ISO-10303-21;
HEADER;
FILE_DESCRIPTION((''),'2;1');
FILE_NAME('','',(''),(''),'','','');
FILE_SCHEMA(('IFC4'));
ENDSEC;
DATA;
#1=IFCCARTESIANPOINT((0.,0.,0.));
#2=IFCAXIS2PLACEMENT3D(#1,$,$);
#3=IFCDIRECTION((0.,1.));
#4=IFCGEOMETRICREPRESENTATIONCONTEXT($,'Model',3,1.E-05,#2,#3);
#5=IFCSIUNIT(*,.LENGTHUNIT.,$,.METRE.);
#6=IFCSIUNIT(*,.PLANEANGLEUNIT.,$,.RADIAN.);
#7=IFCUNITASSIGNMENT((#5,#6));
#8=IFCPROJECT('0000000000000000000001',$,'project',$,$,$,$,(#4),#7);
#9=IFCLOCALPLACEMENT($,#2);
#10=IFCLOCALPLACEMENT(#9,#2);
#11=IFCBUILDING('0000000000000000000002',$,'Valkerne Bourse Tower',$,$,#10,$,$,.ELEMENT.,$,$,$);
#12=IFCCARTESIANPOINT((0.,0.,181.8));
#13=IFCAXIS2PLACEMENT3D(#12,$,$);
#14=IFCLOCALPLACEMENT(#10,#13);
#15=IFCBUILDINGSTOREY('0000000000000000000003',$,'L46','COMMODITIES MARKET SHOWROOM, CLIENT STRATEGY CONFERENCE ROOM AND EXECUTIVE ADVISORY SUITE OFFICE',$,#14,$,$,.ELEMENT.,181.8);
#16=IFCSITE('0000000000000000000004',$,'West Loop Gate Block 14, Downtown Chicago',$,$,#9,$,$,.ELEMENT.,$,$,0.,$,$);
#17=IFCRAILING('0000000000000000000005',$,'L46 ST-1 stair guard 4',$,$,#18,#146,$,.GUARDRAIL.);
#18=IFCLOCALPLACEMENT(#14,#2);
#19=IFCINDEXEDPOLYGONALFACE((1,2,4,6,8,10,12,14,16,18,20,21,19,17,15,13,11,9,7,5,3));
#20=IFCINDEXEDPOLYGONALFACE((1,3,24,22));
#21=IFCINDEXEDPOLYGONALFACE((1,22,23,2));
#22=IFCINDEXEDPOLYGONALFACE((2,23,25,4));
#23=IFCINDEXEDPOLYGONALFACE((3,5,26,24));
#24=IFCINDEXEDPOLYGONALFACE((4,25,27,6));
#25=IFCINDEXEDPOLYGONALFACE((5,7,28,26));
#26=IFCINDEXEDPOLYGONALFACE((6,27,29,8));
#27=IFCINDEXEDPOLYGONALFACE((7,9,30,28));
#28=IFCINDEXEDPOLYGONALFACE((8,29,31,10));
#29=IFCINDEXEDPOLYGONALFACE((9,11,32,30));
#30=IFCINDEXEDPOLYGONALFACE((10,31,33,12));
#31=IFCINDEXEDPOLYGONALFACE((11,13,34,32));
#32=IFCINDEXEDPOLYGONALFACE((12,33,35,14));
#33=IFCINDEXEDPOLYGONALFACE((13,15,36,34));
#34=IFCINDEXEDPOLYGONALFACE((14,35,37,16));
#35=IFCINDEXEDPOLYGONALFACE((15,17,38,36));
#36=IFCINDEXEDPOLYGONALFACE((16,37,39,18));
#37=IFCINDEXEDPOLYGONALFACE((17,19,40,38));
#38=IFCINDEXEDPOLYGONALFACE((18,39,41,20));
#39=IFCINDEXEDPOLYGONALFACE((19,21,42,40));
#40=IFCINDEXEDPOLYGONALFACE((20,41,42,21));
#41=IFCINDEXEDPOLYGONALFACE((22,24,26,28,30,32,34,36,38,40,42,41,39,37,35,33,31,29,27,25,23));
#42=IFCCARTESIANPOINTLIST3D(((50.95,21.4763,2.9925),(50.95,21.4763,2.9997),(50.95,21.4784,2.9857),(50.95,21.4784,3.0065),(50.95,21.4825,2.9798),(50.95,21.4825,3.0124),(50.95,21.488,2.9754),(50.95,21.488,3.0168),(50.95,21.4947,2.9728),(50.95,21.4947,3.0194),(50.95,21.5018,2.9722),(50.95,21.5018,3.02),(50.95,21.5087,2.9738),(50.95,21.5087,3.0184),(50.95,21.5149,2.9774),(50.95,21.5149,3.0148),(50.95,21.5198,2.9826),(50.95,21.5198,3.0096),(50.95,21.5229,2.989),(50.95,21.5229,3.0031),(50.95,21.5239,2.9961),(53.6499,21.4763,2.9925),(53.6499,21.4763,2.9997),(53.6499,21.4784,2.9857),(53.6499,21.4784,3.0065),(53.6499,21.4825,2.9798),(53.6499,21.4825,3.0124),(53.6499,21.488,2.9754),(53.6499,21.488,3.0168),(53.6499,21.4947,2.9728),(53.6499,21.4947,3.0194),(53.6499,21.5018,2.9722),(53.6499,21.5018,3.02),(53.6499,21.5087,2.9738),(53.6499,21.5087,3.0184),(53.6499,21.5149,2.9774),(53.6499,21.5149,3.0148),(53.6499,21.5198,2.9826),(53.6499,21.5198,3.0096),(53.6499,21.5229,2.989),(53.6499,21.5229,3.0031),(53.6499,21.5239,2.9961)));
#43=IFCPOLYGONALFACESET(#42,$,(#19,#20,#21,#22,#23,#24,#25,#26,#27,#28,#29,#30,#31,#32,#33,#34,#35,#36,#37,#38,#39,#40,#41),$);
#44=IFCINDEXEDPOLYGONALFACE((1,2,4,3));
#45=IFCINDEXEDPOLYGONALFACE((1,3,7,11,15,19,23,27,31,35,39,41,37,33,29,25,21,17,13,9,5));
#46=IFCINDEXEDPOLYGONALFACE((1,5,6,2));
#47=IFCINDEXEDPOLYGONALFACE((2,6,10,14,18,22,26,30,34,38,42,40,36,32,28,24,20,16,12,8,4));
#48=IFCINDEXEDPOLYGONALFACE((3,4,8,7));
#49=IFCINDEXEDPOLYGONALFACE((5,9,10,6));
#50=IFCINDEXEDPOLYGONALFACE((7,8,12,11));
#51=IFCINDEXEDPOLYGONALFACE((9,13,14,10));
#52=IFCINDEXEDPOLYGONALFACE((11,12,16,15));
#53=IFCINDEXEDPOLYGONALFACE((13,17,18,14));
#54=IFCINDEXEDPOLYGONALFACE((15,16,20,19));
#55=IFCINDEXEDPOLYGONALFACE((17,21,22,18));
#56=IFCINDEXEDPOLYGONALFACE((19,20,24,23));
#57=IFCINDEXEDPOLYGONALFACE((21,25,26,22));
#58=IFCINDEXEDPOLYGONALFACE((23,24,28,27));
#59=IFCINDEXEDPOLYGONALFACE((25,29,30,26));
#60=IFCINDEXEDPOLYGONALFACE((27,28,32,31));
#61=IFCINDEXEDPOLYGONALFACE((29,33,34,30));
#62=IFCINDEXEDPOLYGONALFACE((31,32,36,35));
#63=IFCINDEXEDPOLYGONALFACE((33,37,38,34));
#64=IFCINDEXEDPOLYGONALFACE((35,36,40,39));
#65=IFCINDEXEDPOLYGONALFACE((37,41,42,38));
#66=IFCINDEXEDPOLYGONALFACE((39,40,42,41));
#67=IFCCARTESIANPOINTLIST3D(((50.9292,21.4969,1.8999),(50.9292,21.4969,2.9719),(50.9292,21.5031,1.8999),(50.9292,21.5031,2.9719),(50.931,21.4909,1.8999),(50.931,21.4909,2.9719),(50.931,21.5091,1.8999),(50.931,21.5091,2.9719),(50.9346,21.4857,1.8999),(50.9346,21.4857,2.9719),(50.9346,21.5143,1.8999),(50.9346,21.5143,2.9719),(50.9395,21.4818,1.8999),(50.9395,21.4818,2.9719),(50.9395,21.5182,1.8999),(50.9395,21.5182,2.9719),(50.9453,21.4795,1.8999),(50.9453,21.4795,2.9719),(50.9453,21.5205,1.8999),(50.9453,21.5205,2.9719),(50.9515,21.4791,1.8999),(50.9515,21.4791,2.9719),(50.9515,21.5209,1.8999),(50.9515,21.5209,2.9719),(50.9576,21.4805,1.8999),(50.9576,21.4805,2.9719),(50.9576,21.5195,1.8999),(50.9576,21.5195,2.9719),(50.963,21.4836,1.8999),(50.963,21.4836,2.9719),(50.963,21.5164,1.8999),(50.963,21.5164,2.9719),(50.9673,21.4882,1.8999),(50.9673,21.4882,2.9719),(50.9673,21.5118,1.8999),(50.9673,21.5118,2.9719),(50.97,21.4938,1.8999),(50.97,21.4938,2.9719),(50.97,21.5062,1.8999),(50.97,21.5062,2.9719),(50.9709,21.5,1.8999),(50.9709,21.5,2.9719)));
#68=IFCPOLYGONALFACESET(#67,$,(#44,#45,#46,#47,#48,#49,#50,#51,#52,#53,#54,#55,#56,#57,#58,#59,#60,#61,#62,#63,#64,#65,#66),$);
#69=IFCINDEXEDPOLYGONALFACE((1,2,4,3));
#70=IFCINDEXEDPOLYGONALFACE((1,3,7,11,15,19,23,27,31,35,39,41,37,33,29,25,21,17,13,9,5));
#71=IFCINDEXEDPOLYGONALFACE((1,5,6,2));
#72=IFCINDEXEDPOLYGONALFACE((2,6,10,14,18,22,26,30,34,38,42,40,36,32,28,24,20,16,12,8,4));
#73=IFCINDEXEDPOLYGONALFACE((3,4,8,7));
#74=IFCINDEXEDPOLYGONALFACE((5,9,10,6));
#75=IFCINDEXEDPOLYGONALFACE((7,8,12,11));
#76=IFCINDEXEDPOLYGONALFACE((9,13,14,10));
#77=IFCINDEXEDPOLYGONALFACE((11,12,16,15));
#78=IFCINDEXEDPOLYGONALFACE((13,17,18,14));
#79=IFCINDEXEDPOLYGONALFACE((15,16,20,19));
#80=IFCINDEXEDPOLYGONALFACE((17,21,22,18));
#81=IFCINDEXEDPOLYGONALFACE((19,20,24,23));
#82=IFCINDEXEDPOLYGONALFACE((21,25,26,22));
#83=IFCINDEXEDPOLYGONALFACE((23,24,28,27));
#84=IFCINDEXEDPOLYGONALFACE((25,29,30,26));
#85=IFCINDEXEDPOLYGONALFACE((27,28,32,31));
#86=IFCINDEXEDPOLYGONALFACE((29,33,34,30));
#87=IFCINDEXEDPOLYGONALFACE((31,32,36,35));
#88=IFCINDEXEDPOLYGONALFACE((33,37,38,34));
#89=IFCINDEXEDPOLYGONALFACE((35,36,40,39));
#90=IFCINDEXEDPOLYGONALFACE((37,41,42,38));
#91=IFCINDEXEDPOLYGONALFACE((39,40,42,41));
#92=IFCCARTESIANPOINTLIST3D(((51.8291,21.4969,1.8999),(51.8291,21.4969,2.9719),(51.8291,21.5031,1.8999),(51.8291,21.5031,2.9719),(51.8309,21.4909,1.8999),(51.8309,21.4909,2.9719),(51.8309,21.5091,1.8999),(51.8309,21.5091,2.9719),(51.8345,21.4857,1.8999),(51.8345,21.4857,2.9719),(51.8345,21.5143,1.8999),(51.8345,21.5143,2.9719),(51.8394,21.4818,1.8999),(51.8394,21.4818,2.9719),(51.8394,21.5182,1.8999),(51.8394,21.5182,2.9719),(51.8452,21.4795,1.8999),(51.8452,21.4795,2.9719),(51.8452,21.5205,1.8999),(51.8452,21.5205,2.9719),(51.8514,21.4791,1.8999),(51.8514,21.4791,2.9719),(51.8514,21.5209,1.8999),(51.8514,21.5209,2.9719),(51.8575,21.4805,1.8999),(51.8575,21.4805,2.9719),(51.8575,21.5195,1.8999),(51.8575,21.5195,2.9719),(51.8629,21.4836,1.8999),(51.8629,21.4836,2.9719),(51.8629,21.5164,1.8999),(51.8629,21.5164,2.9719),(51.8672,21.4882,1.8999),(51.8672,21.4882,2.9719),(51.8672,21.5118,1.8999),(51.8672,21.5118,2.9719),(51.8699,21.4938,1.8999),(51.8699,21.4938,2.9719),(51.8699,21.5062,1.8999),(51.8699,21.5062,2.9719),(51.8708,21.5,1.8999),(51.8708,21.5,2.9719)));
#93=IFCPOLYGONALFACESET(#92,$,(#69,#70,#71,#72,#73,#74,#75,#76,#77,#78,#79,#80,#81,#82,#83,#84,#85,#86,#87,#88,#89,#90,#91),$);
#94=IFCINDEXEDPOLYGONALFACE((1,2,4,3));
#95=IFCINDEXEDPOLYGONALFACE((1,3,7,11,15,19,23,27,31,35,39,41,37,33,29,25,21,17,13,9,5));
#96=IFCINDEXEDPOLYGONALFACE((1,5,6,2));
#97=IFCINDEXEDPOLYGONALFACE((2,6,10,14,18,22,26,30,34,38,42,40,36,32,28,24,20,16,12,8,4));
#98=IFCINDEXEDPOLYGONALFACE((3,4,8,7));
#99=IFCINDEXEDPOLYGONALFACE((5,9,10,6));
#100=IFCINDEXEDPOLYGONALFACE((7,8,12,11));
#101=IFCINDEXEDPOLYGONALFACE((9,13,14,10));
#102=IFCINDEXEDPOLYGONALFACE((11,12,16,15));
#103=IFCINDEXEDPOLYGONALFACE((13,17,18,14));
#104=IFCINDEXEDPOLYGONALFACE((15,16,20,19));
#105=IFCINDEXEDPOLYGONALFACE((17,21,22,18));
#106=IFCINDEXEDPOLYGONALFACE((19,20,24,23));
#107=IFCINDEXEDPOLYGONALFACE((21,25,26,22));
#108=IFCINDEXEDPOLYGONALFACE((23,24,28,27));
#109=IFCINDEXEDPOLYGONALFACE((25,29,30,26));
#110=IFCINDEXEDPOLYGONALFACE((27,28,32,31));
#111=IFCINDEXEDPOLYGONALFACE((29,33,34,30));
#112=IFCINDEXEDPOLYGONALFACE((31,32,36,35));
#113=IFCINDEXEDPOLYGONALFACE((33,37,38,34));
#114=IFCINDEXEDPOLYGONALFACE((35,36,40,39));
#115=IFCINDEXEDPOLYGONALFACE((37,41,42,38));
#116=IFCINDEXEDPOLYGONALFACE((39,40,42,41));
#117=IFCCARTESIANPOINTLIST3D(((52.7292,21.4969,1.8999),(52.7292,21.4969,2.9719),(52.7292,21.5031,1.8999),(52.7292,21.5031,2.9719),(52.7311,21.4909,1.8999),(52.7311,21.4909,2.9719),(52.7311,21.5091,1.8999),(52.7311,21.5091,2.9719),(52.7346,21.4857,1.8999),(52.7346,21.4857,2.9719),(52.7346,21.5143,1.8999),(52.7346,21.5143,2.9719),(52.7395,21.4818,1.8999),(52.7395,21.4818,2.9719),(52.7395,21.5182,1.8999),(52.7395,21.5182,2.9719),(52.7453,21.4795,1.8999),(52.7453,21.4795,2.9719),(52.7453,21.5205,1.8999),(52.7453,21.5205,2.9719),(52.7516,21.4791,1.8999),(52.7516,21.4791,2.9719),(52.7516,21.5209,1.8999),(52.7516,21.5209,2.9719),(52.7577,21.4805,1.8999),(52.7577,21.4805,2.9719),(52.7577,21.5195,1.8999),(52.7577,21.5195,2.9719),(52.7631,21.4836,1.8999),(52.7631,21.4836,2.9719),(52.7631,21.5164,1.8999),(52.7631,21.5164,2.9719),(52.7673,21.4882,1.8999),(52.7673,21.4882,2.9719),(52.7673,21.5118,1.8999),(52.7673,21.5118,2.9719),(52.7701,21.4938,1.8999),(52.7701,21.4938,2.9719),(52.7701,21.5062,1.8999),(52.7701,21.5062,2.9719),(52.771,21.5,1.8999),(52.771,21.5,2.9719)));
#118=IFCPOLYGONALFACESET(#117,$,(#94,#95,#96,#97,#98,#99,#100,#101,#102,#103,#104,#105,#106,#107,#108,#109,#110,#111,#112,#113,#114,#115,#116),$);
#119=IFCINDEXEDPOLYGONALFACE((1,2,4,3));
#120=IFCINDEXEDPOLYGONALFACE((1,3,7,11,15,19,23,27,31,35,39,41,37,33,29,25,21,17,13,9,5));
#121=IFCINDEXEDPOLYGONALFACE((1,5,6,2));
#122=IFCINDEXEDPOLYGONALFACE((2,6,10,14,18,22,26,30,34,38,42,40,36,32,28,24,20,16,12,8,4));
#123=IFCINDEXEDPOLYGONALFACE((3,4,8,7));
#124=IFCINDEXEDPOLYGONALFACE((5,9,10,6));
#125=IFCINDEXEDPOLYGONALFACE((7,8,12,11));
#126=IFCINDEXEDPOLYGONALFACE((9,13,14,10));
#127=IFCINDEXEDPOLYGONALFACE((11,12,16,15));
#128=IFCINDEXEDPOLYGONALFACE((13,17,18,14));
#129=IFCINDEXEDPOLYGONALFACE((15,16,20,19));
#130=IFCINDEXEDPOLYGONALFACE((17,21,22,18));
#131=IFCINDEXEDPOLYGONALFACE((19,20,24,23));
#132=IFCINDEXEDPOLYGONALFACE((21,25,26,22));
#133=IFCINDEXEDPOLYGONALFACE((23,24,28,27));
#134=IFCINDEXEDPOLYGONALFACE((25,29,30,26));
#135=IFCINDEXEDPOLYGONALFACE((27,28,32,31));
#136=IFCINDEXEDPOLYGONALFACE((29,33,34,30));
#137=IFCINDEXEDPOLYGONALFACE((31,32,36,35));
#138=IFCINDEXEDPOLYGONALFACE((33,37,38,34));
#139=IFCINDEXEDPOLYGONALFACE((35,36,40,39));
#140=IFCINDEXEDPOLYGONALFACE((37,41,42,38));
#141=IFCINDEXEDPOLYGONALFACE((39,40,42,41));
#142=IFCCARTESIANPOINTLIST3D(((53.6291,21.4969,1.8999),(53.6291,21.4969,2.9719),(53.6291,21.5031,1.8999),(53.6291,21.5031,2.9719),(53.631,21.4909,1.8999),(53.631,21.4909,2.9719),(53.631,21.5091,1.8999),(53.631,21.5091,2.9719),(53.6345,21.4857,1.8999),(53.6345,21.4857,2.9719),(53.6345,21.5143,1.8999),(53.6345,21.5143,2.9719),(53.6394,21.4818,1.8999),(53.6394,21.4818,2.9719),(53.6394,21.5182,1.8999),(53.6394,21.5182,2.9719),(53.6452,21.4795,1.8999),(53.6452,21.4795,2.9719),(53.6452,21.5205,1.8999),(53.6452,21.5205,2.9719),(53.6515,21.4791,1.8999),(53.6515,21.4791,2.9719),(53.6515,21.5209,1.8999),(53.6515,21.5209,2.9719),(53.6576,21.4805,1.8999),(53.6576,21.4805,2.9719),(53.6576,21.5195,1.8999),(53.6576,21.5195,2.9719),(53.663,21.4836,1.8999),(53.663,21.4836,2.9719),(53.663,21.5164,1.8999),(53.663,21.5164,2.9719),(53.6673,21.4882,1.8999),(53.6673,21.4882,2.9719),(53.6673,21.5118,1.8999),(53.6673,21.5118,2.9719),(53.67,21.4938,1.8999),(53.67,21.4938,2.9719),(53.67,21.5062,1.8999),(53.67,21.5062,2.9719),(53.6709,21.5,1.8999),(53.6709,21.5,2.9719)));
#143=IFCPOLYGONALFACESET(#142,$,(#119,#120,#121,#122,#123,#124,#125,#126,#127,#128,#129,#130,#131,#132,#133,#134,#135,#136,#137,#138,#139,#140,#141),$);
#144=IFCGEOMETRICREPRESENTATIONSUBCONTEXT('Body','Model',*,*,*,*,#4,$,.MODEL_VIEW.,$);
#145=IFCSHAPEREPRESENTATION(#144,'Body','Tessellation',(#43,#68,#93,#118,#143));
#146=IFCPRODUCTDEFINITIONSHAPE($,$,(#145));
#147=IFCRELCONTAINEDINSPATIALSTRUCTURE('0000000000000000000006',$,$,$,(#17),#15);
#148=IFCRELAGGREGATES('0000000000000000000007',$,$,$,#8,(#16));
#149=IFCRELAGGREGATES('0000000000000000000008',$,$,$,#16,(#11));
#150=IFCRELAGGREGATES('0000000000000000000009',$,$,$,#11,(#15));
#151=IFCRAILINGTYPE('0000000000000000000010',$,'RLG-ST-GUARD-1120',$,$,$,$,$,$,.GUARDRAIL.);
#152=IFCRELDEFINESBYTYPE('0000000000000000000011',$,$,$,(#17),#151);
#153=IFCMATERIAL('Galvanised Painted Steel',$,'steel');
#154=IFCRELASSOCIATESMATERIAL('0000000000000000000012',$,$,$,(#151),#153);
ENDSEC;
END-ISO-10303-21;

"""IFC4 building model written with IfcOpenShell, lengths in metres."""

from ifc_helpers import new_model, si_unit, direction, frame, origin, origin_2d, place, context, subcontext, project, spatial, circle, extrude, material, type_object, element, save


model = new_model("IFC4")

# Units and contexts
model_context = context("Model", 3, precision=1e-05, world=origin(), true_north=direction((0.0, 1.0)))
body_context = subcontext(model_context, "Body", "Model", "MODEL_VIEW")
ifc_project = project(units=[si_unit("LENGTHUNIT", "METRE"), si_unit("PLANEANGLEUNIT", "RADIAN")], contexts=[model_context])

# Site, building, storey
site_placement = place(None, origin())
site = spatial("IfcSite", under=ifc_project, at=site_placement, Name="West Loop Gate Block 14, Downtown Chicago", CompositionType="ELEMENT", RefElevation=0.0)
building_placement = place(site_placement, origin())
building = spatial("IfcBuilding", under=site, at=building_placement, Name="Valkerne Bourse Tower", CompositionType="ELEMENT")
storey_placement = place(building_placement, frame((0.0, 0.0, 181.8)))
storey = spatial("IfcBuildingStorey", under=building, at=storey_placement, Name="L46", Description="COMMODITIES MARKET SHOWROOM, CLIENT STRATEGY CONFERENCE ROOM AND EXECUTIVE ADVISORY SUITE OFFICE", CompositionType="ELEMENT", Elevation=181.8)

# Shared definitions
ifc_material_1 = material(Name="Galvanised Painted Steel", Category="steel")

# Railing
railing_type_1 = type_object("IfcRailingType", Name="RLG-ST-GUARD-1120", PredefinedType="GUARDRAIL", material=ifc_material_1)
for number, where, name in (
    (1, (50.95, 21.5, 1.8999), "L46 ST-1 stair guard 4"),
):
    element("IfcRailing", number, at=place(storey_placement, frame(where)), inside=storey, type_object=railing_type_1, Name=name, PredefinedType="GUARDRAIL", context=body_context, shape_type="SweptSolid", body=[
        extrude(circle(Radius=0.0239, at=origin_2d()), frame((0.0, 0.0, 1.0962), z_axis=(1.0, 0.0, 0.0), x_axis=(0.0, 1.0, 0.0)), (0.0, 0.0, 1.0), 2.7),
        extrude(circle(Radius=0.021, at=origin_2d()), origin(), (0.0, 0.0, 1.0), 1.072),
        extrude(circle(Radius=0.021, at=origin_2d()), frame((0.8999, 0.0, 0.0)), (0.0, 0.0, 1.0), 1.072),
        extrude(circle(Radius=0.021, at=origin_2d()), frame((1.8, 0.0, 0.0)), (0.0, 0.0, 1.0), 1.072),
        extrude(circle(Radius=0.021, at=origin_2d()), frame((2.7, 0.0, 0.0)), (0.0, 0.0, 1.0), 1.072),
    ])

save(model, "model.ifc")
